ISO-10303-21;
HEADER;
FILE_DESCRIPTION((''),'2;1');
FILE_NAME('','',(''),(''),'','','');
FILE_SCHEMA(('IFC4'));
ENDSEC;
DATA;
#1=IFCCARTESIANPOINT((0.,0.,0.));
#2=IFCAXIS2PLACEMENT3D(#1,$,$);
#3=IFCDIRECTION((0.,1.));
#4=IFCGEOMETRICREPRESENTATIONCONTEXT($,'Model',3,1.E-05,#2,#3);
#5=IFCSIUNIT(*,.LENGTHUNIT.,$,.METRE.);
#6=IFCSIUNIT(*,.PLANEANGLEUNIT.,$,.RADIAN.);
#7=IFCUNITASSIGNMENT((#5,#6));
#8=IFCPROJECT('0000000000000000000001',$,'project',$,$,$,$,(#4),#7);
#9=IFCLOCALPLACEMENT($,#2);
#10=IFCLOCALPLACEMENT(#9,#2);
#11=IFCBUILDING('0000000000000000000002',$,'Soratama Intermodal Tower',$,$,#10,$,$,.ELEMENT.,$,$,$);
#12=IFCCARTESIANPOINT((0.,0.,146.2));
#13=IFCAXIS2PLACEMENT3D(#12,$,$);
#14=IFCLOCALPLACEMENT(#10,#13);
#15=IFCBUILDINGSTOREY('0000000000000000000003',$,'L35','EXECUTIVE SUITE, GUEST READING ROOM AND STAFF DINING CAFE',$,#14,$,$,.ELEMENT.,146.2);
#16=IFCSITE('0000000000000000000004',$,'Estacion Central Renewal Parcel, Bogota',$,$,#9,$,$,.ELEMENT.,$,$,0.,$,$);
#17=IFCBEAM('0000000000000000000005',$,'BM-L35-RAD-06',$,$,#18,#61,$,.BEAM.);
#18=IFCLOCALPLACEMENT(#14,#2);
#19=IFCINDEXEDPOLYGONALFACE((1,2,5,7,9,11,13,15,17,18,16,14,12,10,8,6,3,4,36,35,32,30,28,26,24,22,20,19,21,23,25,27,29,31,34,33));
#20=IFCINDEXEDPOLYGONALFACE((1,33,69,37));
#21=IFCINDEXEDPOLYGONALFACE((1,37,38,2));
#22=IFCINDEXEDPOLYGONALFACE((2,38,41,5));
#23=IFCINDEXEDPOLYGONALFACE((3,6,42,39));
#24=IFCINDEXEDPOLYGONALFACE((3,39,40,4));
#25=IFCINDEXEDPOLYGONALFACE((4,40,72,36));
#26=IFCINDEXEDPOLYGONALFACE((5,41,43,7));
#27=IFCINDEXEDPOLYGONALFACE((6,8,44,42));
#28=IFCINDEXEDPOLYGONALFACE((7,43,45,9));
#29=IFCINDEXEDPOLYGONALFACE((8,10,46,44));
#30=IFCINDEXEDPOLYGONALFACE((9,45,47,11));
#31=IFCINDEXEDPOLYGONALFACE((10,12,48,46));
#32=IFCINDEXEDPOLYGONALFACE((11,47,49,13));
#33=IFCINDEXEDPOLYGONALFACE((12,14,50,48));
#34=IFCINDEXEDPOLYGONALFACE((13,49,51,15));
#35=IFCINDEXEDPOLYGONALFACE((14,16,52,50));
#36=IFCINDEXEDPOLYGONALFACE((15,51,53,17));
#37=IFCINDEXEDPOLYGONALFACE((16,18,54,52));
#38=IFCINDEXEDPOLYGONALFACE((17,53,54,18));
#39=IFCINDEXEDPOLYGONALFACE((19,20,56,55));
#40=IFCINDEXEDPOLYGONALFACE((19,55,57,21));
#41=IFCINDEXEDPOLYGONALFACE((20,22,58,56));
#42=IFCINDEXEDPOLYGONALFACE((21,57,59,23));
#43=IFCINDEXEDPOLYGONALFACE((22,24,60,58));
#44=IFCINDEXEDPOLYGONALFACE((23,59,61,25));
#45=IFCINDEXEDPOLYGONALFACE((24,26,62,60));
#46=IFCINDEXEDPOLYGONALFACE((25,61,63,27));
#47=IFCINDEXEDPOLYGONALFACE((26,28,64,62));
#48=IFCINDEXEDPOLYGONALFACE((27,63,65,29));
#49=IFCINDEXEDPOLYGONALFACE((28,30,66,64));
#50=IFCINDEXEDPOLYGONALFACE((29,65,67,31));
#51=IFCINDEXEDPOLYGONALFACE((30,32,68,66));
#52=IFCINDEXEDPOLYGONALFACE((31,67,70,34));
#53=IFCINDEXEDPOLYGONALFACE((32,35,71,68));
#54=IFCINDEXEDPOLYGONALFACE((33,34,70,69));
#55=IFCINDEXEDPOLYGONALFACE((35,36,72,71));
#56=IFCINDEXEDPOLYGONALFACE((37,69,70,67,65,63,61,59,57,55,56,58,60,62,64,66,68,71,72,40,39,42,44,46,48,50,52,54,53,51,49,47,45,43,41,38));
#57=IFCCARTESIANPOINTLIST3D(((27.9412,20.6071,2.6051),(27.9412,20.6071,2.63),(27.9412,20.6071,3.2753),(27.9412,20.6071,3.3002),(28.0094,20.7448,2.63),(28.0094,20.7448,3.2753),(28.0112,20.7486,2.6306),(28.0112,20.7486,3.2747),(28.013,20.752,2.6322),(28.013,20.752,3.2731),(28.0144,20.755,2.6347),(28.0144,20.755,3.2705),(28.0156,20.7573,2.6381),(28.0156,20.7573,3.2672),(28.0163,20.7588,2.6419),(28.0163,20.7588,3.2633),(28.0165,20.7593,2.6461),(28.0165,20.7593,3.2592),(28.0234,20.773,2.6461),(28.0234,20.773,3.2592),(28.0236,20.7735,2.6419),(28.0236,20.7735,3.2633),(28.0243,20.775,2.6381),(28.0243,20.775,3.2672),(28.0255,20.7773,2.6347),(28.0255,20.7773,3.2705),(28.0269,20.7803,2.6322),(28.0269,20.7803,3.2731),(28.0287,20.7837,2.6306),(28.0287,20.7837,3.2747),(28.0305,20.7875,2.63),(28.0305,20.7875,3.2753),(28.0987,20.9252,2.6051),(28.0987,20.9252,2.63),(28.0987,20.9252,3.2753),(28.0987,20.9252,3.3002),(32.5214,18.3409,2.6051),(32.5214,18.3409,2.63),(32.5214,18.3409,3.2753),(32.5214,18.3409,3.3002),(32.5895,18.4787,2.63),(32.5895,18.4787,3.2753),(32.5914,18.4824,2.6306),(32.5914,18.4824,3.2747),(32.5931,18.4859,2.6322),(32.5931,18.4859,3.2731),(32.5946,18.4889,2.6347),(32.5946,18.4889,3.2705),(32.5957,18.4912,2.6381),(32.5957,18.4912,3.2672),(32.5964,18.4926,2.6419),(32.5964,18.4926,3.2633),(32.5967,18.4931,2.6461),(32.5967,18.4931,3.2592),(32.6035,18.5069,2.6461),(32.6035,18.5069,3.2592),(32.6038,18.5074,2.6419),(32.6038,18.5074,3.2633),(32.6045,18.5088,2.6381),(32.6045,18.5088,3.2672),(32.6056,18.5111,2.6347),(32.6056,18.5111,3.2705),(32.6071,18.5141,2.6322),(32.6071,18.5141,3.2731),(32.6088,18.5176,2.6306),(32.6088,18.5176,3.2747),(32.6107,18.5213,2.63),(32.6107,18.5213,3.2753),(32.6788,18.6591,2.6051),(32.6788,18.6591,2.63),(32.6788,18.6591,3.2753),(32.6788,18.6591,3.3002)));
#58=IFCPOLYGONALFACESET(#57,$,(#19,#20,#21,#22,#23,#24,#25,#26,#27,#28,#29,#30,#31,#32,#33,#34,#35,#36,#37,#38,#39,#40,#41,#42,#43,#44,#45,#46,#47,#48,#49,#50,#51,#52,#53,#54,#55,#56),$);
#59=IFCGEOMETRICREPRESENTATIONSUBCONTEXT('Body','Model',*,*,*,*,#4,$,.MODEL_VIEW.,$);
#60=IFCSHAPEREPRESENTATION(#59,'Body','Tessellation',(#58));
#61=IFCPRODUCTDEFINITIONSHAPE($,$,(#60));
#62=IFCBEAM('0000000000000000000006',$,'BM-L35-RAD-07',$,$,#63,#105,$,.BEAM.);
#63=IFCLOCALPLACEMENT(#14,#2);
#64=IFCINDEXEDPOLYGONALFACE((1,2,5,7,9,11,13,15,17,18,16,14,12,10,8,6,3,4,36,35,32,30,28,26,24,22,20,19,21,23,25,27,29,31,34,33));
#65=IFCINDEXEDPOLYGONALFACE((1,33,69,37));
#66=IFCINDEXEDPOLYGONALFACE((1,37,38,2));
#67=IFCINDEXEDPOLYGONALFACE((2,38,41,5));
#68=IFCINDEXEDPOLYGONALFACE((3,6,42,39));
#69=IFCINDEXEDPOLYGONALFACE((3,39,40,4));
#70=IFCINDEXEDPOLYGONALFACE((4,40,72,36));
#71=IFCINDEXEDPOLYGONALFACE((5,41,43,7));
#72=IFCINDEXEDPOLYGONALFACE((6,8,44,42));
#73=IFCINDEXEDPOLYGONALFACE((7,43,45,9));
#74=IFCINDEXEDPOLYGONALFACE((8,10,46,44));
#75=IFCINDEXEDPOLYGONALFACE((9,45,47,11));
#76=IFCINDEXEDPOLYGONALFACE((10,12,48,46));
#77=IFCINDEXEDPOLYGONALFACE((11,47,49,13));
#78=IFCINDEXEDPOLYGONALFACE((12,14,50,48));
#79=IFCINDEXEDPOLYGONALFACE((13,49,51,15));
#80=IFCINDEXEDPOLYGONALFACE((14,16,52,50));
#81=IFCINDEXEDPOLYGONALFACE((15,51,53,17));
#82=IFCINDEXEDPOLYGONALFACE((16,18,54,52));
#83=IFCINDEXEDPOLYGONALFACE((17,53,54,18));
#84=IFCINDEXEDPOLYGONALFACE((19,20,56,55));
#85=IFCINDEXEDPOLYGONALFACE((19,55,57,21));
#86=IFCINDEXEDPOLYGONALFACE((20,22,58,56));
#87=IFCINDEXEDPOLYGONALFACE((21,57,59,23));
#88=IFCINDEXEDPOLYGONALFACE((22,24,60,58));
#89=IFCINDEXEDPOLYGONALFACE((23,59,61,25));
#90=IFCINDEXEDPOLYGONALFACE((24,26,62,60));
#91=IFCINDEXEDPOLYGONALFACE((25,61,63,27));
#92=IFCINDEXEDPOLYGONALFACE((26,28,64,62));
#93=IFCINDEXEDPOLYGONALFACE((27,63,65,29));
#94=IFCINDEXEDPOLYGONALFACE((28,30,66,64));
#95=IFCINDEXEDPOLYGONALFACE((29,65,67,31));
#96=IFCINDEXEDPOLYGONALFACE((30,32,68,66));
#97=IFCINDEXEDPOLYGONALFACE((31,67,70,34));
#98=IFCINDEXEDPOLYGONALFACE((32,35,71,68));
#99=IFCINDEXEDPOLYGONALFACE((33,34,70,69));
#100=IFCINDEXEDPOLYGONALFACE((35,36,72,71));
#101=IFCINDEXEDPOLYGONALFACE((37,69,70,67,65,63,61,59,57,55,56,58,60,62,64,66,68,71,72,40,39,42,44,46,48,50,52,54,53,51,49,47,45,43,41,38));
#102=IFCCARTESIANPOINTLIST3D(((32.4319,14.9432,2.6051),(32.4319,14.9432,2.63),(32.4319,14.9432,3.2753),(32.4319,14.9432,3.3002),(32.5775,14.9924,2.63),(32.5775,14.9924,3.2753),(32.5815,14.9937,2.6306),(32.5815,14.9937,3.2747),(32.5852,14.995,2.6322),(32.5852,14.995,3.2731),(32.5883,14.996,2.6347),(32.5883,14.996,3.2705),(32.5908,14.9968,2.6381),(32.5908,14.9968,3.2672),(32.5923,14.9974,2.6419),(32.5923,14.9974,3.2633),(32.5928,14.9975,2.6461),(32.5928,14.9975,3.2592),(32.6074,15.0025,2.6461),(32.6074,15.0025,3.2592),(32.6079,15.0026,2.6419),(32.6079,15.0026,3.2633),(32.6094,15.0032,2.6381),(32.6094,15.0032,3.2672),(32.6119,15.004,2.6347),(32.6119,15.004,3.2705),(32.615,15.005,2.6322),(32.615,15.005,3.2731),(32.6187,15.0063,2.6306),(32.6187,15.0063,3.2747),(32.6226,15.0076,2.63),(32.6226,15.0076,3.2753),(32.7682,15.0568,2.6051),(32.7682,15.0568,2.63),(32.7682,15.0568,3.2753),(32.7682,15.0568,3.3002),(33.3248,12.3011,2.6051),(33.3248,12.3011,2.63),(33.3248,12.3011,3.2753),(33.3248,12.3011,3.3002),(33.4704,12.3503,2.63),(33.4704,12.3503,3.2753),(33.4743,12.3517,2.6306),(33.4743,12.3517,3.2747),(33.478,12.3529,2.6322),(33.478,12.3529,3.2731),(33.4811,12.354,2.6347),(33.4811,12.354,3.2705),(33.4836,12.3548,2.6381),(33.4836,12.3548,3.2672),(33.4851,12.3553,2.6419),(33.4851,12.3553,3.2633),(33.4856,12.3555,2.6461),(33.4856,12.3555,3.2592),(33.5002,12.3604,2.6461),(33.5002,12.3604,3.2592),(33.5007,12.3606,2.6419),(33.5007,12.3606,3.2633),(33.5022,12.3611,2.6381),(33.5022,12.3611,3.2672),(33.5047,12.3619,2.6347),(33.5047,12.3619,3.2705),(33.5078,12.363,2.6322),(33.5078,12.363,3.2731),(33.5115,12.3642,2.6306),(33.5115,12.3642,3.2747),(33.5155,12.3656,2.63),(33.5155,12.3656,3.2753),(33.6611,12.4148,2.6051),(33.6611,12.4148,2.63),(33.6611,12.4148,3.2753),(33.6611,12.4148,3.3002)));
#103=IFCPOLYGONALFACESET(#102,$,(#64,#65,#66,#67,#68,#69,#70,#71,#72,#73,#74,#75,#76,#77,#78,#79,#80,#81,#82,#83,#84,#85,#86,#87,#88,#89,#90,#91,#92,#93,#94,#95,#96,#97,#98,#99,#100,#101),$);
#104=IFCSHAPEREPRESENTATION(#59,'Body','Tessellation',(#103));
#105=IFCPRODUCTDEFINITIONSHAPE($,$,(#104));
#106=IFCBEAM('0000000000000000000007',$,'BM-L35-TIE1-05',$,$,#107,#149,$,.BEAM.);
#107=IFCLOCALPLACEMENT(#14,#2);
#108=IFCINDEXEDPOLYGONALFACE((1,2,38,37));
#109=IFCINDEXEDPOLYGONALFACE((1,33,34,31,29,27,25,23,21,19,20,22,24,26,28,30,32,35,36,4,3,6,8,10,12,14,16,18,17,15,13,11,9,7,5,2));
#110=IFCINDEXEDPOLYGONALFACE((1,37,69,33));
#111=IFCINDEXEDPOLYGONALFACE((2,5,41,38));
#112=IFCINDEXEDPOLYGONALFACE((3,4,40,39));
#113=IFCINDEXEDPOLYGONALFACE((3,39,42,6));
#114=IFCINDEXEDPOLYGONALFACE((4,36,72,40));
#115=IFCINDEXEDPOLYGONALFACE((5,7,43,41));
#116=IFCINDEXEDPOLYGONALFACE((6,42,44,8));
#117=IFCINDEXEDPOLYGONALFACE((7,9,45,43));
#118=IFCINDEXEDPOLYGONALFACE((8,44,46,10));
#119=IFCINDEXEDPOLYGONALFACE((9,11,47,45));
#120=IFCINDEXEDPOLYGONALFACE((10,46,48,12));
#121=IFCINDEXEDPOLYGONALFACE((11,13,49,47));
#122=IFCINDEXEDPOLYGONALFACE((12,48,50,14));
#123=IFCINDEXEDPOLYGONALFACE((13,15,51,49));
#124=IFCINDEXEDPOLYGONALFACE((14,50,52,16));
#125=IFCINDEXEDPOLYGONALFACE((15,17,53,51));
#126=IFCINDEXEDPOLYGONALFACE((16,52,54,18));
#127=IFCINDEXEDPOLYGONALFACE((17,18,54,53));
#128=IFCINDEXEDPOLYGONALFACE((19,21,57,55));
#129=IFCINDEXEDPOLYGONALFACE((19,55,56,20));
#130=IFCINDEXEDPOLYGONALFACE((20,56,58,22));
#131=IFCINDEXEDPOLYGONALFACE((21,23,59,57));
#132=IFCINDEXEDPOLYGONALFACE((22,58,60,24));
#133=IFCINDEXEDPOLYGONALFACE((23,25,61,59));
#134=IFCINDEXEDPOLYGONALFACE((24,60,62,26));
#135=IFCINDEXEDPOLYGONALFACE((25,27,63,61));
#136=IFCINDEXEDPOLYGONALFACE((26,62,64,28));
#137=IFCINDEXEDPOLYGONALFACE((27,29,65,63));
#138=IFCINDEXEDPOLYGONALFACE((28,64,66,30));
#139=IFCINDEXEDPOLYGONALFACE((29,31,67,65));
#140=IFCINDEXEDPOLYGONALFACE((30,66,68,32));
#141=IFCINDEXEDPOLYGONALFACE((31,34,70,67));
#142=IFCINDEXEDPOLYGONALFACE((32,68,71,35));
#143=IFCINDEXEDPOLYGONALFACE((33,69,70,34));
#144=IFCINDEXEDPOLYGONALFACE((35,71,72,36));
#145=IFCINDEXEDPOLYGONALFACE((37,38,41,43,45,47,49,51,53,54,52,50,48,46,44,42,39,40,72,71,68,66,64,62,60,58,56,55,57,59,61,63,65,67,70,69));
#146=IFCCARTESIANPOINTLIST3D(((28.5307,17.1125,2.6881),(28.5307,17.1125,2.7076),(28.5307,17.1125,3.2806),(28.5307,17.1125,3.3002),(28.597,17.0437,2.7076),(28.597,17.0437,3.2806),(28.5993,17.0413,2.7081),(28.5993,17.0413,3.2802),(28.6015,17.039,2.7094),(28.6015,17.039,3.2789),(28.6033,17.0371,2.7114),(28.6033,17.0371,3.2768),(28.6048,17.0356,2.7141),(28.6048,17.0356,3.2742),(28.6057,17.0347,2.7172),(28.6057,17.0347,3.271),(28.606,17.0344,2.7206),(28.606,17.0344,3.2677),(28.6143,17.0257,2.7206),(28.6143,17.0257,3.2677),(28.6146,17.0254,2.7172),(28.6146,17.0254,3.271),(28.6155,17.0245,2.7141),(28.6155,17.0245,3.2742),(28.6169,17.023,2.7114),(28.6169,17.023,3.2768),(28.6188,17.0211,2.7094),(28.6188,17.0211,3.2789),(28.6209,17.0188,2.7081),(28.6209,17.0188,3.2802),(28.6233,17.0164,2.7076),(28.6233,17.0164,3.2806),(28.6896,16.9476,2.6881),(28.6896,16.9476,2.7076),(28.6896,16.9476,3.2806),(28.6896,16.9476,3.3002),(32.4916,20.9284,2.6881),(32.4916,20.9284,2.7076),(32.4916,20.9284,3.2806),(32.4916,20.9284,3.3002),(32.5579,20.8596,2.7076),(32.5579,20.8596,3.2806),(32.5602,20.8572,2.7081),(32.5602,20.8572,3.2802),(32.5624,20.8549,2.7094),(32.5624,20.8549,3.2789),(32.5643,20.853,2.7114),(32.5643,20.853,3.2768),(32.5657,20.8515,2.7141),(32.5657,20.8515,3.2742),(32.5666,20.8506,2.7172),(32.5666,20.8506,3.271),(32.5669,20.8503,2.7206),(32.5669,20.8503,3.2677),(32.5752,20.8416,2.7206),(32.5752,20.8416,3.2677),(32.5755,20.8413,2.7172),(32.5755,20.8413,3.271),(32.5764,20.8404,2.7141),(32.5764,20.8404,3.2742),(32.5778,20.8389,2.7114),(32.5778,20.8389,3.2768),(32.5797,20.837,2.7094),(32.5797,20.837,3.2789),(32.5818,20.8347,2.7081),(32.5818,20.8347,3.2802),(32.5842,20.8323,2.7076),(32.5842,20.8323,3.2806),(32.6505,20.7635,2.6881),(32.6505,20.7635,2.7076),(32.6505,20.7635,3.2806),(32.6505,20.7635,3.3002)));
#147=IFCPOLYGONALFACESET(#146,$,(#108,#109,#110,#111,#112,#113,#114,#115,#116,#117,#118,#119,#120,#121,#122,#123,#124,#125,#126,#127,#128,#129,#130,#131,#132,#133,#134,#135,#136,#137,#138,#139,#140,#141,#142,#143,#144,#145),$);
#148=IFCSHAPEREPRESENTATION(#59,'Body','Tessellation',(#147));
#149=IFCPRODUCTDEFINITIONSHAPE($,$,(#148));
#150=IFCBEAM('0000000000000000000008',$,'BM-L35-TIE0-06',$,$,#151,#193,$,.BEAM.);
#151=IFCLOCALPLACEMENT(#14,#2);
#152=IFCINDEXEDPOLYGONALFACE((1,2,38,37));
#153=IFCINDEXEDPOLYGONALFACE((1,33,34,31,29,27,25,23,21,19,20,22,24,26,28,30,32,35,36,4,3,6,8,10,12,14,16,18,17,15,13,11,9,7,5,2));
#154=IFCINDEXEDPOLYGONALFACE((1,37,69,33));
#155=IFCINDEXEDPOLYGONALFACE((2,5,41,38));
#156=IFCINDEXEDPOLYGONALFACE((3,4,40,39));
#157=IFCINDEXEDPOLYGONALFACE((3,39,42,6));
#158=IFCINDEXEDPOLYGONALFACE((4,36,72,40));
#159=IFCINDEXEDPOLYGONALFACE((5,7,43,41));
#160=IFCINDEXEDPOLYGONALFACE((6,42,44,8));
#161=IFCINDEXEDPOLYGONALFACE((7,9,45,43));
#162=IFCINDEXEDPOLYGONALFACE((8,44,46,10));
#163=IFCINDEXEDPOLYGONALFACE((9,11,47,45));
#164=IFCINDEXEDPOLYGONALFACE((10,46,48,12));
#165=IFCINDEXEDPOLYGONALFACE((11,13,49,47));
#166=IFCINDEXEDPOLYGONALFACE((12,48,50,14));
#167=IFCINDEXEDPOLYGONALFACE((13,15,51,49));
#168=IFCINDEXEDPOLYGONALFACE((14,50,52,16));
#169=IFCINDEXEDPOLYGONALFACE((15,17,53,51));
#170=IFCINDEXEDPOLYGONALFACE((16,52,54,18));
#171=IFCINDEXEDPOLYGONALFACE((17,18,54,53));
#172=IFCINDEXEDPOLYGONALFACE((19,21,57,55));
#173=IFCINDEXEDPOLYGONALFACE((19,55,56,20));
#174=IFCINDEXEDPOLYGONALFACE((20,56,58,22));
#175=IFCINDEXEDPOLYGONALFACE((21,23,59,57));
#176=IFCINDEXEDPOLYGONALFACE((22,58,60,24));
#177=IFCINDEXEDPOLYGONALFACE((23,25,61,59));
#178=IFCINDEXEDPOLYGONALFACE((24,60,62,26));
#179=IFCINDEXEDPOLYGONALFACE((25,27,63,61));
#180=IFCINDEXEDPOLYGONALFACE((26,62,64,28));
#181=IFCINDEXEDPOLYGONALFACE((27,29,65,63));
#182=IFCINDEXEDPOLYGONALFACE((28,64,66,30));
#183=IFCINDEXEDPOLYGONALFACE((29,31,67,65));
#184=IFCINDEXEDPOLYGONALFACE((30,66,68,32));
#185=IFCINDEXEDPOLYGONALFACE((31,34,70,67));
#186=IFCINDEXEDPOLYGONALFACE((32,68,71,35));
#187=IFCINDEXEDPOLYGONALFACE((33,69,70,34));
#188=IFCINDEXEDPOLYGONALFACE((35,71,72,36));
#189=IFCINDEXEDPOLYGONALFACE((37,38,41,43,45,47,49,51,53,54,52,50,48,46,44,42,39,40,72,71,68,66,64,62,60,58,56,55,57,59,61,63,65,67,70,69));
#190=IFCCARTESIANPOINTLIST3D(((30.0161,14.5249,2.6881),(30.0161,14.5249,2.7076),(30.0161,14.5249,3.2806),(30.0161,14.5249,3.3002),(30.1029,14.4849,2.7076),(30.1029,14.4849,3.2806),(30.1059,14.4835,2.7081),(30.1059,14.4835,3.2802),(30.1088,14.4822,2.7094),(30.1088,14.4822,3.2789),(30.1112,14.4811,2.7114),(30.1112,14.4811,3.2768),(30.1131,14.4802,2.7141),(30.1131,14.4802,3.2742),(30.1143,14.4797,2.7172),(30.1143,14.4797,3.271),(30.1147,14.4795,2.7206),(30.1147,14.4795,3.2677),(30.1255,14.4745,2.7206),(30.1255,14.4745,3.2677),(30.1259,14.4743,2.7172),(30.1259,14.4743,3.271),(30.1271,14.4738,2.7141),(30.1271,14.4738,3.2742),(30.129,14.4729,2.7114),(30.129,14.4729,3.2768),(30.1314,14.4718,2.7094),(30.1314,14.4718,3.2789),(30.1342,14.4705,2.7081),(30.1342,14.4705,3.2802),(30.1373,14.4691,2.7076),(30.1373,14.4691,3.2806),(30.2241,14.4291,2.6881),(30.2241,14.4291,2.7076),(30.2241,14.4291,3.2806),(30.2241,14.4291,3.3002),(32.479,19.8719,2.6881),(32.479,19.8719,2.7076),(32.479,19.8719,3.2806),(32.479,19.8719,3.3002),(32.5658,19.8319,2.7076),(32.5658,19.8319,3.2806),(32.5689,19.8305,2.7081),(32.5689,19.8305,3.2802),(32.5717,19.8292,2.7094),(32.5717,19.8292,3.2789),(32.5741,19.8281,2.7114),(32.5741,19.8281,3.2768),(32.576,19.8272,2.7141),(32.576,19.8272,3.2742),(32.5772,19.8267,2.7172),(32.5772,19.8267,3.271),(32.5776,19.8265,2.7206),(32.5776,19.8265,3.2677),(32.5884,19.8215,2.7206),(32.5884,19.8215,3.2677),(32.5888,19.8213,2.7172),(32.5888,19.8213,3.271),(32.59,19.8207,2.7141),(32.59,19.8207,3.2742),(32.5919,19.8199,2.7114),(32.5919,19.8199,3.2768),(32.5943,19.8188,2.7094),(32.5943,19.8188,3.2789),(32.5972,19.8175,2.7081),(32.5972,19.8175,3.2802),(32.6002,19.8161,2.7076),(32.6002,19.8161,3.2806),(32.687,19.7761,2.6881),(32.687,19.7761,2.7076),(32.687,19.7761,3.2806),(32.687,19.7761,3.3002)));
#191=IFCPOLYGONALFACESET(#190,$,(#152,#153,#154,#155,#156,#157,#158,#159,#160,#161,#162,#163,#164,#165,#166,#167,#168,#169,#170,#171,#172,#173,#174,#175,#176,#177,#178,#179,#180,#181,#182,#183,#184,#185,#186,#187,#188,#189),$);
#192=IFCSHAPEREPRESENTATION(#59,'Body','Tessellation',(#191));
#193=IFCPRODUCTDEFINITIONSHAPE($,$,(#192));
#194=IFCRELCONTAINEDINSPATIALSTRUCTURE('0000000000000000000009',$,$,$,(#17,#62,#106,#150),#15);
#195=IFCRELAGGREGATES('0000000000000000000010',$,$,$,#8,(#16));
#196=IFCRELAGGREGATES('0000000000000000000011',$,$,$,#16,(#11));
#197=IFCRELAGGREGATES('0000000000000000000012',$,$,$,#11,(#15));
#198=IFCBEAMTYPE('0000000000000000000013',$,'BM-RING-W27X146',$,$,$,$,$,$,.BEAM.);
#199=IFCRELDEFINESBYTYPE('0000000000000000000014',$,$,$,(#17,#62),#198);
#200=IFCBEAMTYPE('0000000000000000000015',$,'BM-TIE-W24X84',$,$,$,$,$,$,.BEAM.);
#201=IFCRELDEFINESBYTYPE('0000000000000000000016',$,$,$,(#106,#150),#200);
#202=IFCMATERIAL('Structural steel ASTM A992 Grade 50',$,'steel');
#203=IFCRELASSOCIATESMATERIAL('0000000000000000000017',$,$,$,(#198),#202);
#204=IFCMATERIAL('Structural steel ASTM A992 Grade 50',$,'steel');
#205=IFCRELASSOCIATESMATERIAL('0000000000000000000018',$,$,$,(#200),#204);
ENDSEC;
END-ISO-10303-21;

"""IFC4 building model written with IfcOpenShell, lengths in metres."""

from ifc_helpers import new_model, si_unit, direction, frame, origin, origin_2d, place, context, subcontext, project, spatial, i_section, extrude, material, material_profile, profile_set, type_object, element, save


model = new_model("IFC4")

# Units and contexts
model_context = context("Model", 3, precision=1e-05, world=origin(), true_north=direction((0.0, 1.0)))
body_context = subcontext(model_context, "Body", "Model", "MODEL_VIEW")
ifc_project = project(units=[si_unit("LENGTHUNIT", "METRE"), si_unit("PLANEANGLEUNIT", "RADIAN")], contexts=[model_context])

# Site, building, storey
site_placement = place(None, origin())
site = spatial("IfcSite", under=ifc_project, at=site_placement, Name="Estacion Central Renewal Parcel, Bogota", CompositionType="ELEMENT", RefElevation=0.0)
building_placement = place(site_placement, origin())
building = spatial("IfcBuilding", under=site, at=building_placement, Name="Soratama Intermodal Tower", CompositionType="ELEMENT")
storey_placement = place(building_placement, frame((0.0, 0.0, 146.2)))
storey = spatial("IfcBuildingStorey", under=building, at=storey_placement, Name="L35", Description="EXECUTIVE SUITE, GUEST READING ROOM AND STAFF DINING CAFE", CompositionType="ELEMENT", Elevation=146.2)

# Beams
ifc_material_1 = material(Name="Structural steel ASTM A992 Grade 50", Category="steel")
ifc_material_profile_1 = material_profile(ifc_material_1, i_section(OverallWidth=0.355, OverallDepth=0.6951, WebThickness=0.0154, FlangeThickness=0.0249, FilletRadius=0.0161, at=origin_2d()), Name="W27X146")
ifc_profile_set_1 = profile_set([ifc_material_profile_1], Name="Structural steel ASTM A992 Grade 50")
beam_type_1 = type_object("IfcBeamType", Name="BM-RING-W27X146", PredefinedType="BEAM", material=ifc_profile_set_1)
beam_1_placement = place(storey_placement, frame((32.6001, 18.5, 2.9526), z_axis=(-0.896292, 0.443464, 0.0), x_axis=(-0.443464, -0.896292, 0.0)))
element("IfcBeam", 1, at=beam_1_placement, inside=storey, type_object=beam_type_1, Name="BM-L35-RAD-06", PredefinedType="BEAM", context=body_context, shape_type="SweptSolid", body=[
    extrude(i_section(OverallWidth=0.355, OverallDepth=0.6951, WebThickness=0.0154, FlangeThickness=0.0249, FilletRadius=0.0161, at=origin_2d()), origin(), (0.0, 0.0, 1.0), 5.1101),
])
beam_2_placement = place(storey_placement, frame((32.6001, 15.0, 2.9526), z_axis=(0.320138, -0.947371, 0.0), x_axis=(0.947371, 0.320138, 0.0)))
element("IfcBeam", 2, at=beam_2_placement, inside=storey, type_object=beam_type_1, Name="BM-L35-RAD-07", PredefinedType="BEAM", context=body_context, shape_type="SweptSolid", body=[
    extrude(i_section(OverallWidth=0.355, OverallDepth=0.6951, WebThickness=0.0154, FlangeThickness=0.0249, FilletRadius=0.0161, at=origin_2d()), origin(), (0.0, 0.0, 1.0), 2.7888),
])
ifc_material_2 = material(Name="Structural steel ASTM A992 Grade 50", Category="steel")
ifc_material_profile_2 = material_profile(ifc_material_2, i_section(OverallWidth=0.229, OverallDepth=0.6121, WebThickness=0.012, FlangeThickness=0.0195, FilletRadius=0.0129, at=origin_2d()), Name="W24X84")
ifc_profile_set_2 = profile_set([ifc_material_profile_2], Name="Structural steel ASTM A992 Grade 50")
beam_type_2 = type_object("IfcBeamType", Name="BM-TIE-W24X84", PredefinedType="BEAM", material=ifc_profile_set_2)
beam_3_placement = place(storey_placement, frame((32.571, 20.8459, 2.9941), z_axis=(-0.720167, -0.6938, 0.0), x_axis=(0.6938, -0.720167, 0.0)))
element("IfcBeam", 3, at=beam_3_placement, inside=storey, type_object=beam_type_2, Name="BM-L35-TIE1-05", PredefinedType="BEAM", context=body_context, shape_type="SweptSolid", body=[
    extrude(i_section(OverallWidth=0.229, OverallDepth=0.6121, WebThickness=0.012, FlangeThickness=0.0195, FilletRadius=0.0129, at=origin_2d()), origin(), (0.0, 0.0, 1.0), 5.5),
])
beam_4_placement = place(storey_placement, frame((32.583, 19.824, 2.9941), z_axis=(-0.418369, -0.908277, 0.0), x_axis=(0.908277, -0.418369, 0.0)))
element("IfcBeam", 4, at=beam_4_placement, inside=storey, type_object=beam_type_2, Name="BM-L35-TIE0-06", PredefinedType="BEAM", context=body_context, shape_type="SweptSolid", body=[
    extrude(i_section(OverallWidth=0.229, OverallDepth=0.6121, WebThickness=0.012, FlangeThickness=0.0195, FilletRadius=0.0129, at=origin_2d()), origin(), (0.0, 0.0, 1.0), 5.887),
])

save(model, "model.ifc")
